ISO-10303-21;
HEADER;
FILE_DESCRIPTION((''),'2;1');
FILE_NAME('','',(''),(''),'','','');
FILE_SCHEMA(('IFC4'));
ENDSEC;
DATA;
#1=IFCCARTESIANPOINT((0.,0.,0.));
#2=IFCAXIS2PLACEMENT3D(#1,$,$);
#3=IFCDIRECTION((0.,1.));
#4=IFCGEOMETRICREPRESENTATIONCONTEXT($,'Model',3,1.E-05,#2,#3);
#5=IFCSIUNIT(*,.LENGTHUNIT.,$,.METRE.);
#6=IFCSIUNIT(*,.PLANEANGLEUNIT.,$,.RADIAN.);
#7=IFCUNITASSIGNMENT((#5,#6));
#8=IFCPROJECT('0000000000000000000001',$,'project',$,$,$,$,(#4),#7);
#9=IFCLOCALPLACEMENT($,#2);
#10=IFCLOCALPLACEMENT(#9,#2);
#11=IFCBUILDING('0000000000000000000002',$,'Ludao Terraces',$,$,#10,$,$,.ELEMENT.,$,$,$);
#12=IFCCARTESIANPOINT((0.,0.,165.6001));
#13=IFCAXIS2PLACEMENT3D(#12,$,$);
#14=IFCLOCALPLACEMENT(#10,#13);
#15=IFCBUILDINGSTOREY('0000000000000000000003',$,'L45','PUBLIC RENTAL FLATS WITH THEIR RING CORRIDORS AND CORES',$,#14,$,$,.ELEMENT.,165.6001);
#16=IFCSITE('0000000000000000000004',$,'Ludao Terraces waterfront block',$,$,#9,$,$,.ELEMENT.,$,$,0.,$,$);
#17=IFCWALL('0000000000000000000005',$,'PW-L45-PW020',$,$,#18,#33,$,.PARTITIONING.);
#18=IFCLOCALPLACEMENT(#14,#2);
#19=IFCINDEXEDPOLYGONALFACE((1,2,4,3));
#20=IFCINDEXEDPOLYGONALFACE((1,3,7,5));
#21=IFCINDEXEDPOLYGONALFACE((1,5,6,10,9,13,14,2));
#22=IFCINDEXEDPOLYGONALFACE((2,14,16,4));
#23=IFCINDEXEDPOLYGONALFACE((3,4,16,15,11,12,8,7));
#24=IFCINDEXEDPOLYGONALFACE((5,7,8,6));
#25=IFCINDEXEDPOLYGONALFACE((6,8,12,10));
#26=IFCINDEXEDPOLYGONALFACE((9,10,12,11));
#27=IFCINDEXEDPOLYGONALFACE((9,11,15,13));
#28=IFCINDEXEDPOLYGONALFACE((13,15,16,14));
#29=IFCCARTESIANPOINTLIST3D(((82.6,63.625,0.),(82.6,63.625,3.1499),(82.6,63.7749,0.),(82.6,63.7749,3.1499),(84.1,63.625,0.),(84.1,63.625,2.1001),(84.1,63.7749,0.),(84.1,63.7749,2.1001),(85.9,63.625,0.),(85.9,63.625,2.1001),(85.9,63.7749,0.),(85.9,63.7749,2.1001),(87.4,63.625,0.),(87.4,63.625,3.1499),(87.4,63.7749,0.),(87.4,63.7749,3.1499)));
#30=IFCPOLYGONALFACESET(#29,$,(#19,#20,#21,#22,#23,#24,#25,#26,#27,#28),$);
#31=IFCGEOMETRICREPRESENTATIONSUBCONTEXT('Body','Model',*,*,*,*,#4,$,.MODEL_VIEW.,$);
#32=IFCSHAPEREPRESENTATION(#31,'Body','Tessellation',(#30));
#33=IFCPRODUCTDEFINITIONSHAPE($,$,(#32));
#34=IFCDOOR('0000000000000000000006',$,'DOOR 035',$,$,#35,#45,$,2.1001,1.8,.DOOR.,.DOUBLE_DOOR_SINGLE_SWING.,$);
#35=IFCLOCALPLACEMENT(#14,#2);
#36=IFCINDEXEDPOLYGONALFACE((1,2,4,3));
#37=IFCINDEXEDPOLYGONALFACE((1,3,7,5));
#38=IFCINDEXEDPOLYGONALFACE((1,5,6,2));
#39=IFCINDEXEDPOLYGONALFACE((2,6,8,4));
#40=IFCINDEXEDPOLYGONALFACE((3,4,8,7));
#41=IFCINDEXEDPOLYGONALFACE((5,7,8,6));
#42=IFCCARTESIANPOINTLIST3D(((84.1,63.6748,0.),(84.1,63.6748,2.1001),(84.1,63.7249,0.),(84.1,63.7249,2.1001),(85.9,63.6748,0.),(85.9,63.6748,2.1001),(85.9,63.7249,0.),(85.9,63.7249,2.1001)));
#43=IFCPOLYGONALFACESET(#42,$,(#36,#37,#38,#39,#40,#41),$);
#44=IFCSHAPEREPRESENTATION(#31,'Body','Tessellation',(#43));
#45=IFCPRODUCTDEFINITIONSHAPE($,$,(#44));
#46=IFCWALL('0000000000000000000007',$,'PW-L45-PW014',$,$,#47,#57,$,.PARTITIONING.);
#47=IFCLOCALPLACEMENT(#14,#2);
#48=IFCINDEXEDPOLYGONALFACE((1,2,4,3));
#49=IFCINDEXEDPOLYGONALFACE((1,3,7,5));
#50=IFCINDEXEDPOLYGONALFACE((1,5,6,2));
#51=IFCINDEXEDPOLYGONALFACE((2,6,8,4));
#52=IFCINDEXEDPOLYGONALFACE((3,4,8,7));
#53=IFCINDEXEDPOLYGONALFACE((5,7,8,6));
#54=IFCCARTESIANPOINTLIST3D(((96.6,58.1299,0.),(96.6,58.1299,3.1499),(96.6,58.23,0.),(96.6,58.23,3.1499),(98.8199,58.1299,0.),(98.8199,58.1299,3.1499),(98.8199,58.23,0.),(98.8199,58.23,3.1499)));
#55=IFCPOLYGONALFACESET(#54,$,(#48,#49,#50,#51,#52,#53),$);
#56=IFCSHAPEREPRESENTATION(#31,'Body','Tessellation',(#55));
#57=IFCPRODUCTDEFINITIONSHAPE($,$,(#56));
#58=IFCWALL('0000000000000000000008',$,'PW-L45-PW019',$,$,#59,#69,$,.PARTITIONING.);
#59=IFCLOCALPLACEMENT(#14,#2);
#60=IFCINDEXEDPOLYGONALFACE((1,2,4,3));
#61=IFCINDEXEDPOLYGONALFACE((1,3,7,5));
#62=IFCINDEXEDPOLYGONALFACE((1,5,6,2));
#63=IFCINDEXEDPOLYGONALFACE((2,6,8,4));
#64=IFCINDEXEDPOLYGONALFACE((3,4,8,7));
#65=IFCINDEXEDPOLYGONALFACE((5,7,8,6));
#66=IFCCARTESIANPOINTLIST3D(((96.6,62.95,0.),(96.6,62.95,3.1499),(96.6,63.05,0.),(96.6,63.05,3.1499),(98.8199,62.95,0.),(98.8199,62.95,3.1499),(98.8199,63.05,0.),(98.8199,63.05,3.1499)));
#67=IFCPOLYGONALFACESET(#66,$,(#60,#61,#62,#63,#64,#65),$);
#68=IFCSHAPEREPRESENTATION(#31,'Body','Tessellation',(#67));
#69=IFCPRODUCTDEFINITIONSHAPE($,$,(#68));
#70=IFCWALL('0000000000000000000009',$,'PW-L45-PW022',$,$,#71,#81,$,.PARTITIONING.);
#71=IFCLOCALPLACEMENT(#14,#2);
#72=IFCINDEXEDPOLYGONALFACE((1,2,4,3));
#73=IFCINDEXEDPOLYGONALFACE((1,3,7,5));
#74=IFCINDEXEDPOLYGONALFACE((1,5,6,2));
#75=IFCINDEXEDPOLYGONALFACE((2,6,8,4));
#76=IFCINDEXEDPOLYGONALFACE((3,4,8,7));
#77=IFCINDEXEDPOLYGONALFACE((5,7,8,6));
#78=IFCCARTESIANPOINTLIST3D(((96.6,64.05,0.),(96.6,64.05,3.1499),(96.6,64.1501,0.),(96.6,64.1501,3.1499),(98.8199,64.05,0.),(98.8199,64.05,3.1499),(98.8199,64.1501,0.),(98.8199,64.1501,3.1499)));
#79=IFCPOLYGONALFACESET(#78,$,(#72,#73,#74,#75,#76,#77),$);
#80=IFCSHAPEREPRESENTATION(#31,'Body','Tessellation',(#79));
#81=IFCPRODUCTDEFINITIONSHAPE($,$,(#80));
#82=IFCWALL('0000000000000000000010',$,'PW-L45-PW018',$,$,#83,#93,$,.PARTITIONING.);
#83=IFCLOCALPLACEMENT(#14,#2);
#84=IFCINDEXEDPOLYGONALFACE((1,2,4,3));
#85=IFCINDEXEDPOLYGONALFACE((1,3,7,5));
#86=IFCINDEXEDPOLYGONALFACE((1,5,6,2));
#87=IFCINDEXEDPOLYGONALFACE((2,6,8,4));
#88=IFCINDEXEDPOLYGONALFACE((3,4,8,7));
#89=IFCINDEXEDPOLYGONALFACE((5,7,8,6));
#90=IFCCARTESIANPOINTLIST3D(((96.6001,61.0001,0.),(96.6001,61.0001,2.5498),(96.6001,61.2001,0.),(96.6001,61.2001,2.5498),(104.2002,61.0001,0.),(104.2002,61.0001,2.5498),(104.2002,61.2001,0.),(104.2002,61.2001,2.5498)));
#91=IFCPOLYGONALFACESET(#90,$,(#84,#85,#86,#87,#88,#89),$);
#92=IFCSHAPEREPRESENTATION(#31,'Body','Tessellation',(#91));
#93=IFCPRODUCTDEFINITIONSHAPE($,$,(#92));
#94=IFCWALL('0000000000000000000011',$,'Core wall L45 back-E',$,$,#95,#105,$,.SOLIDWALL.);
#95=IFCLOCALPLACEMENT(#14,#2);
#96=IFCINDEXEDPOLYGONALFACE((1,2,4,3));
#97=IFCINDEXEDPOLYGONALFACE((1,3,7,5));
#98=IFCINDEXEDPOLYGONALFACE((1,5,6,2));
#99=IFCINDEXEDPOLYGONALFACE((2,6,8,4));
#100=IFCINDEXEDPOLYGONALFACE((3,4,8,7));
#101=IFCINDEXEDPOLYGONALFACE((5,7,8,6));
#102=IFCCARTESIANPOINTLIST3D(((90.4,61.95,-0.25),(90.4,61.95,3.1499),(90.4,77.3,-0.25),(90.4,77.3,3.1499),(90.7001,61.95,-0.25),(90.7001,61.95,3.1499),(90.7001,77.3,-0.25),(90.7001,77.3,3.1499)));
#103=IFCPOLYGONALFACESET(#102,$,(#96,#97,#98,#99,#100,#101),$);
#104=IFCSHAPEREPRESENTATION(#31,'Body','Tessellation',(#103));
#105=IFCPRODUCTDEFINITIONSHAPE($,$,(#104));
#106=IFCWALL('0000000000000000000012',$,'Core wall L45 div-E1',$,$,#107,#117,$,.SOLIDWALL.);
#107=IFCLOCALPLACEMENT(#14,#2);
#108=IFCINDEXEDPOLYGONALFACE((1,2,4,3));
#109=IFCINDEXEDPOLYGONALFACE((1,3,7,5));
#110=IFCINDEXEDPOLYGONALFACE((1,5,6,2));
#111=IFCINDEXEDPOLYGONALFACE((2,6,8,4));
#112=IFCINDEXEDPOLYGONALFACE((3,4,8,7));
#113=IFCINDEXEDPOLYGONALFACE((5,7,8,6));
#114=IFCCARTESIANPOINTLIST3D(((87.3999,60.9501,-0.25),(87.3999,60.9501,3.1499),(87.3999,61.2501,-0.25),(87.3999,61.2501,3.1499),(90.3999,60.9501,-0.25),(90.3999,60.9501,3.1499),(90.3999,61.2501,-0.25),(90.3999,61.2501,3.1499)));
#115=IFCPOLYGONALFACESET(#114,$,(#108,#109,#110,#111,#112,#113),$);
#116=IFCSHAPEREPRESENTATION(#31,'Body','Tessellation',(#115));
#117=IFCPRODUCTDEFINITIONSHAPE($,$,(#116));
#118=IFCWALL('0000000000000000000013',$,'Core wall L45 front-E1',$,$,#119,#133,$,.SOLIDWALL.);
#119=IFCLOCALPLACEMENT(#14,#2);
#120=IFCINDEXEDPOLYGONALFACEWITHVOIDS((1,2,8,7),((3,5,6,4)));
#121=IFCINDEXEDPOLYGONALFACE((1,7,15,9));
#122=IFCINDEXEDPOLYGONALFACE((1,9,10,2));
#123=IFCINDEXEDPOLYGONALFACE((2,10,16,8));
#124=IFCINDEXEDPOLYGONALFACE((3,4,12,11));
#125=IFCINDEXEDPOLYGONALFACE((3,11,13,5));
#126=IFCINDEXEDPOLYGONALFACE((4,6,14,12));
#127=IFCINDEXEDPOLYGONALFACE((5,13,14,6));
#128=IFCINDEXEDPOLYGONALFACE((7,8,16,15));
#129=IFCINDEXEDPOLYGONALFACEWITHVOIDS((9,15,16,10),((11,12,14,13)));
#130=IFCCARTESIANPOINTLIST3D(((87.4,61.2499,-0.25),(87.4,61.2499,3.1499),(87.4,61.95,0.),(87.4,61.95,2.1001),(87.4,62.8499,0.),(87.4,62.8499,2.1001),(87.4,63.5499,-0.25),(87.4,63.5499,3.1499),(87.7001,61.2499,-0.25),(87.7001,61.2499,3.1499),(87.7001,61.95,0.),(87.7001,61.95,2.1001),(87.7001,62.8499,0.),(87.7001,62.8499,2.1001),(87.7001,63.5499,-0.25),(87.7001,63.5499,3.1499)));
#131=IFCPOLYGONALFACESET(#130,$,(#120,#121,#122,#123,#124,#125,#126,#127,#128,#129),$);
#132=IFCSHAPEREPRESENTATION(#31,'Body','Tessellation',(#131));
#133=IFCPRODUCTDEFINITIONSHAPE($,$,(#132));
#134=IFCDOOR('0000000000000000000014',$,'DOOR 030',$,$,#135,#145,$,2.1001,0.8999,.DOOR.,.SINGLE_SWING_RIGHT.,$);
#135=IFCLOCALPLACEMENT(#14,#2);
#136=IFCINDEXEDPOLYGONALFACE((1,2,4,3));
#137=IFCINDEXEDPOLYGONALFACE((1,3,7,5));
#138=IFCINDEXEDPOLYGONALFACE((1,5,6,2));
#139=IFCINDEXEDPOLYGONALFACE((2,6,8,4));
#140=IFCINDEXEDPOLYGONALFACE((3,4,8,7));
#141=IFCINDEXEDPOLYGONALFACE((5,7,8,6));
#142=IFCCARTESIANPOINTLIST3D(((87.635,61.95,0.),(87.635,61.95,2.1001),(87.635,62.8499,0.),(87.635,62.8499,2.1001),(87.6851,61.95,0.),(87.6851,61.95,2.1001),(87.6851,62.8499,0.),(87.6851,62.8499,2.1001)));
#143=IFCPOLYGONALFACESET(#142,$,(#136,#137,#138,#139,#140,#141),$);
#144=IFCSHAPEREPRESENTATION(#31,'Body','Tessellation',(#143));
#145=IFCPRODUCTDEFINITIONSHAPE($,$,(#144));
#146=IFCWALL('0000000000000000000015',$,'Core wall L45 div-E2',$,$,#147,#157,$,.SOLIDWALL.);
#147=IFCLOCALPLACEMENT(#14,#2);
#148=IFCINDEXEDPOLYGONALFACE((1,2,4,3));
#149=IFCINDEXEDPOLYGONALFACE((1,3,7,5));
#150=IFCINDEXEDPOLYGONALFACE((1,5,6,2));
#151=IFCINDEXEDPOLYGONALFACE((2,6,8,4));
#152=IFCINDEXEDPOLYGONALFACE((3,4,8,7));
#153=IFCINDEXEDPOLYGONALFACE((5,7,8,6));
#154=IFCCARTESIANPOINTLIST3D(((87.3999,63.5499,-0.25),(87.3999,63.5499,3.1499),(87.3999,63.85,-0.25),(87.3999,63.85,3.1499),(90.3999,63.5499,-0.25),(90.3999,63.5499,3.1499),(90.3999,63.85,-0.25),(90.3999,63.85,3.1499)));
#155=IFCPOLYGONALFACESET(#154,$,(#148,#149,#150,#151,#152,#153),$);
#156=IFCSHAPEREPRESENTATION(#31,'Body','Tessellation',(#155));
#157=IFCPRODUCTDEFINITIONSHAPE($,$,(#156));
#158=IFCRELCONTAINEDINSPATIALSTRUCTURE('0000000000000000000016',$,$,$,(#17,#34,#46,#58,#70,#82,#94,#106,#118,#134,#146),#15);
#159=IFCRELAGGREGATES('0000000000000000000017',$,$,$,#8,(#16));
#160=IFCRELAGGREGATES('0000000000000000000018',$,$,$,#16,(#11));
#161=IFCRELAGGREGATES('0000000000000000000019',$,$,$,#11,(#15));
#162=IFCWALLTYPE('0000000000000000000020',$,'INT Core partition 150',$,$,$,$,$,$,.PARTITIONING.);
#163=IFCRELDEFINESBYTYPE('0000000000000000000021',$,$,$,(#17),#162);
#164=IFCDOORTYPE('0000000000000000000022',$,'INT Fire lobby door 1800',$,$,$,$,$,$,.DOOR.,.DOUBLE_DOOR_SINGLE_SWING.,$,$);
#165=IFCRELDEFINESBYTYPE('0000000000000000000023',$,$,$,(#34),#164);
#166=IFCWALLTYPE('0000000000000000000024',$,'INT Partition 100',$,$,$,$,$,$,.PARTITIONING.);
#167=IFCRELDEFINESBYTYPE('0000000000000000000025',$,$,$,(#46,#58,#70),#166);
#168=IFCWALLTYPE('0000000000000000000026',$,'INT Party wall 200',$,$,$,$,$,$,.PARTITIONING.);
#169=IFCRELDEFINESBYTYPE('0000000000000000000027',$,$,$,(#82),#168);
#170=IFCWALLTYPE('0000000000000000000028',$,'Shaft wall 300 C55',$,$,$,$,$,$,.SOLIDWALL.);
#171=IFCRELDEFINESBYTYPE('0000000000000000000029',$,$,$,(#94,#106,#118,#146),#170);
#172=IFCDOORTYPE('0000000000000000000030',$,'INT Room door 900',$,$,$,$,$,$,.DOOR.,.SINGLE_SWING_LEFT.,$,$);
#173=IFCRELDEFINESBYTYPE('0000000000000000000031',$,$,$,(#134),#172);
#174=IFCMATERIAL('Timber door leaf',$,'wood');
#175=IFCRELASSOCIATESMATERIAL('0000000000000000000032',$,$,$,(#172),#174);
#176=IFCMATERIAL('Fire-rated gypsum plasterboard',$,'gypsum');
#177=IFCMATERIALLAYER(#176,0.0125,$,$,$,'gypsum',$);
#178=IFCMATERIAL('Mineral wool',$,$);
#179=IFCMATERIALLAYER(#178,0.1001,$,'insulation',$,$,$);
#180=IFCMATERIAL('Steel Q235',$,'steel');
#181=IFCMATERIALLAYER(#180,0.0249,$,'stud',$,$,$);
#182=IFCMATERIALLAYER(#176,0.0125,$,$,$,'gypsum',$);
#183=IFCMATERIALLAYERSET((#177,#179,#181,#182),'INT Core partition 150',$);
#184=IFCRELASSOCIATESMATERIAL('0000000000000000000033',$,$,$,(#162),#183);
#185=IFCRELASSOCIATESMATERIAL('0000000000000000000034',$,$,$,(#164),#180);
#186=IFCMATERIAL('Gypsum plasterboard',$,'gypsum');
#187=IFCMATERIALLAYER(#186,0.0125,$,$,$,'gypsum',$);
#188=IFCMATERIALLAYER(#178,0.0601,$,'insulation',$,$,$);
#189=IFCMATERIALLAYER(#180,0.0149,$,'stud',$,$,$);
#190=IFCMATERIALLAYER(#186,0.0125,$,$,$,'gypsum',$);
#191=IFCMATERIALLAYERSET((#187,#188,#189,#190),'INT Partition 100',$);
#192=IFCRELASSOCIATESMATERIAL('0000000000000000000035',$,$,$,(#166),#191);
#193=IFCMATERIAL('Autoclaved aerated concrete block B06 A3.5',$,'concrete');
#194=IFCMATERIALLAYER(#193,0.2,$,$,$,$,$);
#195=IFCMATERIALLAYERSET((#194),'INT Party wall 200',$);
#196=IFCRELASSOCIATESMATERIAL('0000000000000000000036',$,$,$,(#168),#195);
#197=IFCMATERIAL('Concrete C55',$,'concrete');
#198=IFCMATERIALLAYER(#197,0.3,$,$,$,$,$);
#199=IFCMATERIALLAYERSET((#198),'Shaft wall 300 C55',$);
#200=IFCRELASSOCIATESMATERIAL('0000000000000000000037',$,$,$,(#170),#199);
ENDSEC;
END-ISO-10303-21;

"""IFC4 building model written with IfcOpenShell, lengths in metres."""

from ifc_helpers import new_model, si_unit, direction, frame, frame_2d, origin, place, context, subcontext, project, spatial, rectangle, extrude, material, layer, layer_set, type_object, element, fill, save


model = new_model("IFC4")

# Units and contexts
model_context = context("Model", 3, precision=1e-05, world=origin(), true_north=direction((0.0, 1.0)))
body_context = subcontext(model_context, "Body", "Model", "MODEL_VIEW")
ifc_project = project(units=[si_unit("LENGTHUNIT", "METRE"), si_unit("PLANEANGLEUNIT", "RADIAN")], contexts=[model_context])

# Site, building, storey
site_placement = place(None, origin())
site = spatial("IfcSite", under=ifc_project, at=site_placement, Name="Ludao Terraces waterfront block", CompositionType="ELEMENT", RefElevation=0.0)
building_placement = place(site_placement, origin())
building = spatial("IfcBuilding", under=site, at=building_placement, Name="Ludao Terraces", CompositionType="ELEMENT")
storey_placement = place(building_placement, frame((0.0, 0.0, 165.6001)))
storey = spatial("IfcBuildingStorey", under=building, at=storey_placement, Name="L45", Description="PUBLIC RENTAL FLATS WITH THEIR RING CORRIDORS AND CORES", CompositionType="ELEMENT", Elevation=165.6001)

# Shared definitions
ifc_material_1 = material(Name="Steel Q235", Category="steel")
ifc_material_2 = material(Name="Timber door leaf", Category="wood")
door_type_1 = type_object("IfcDoorType", Name="INT Room door 900", OperationType="SINGLE_SWING_LEFT", PredefinedType="DOOR", material=ifc_material_2)

# Wall, opening, door
ifc_material_3 = material(Name="Fire-rated gypsum plasterboard", Category="gypsum")
ifc_layer_1 = layer(ifc_material_3, 0.0125, Category="gypsum")
ifc_material_4 = material(Name="Mineral wool")
ifc_layer_2 = layer(ifc_material_4, 0.1001, Name="insulation")
ifc_layer_3 = layer(ifc_material_1, 0.0249, Name="stud")
ifc_layer_4 = layer(ifc_material_3, 0.0125, Category="gypsum")
ifc_layer_set_1 = layer_set([ifc_layer_1, ifc_layer_2, ifc_layer_3, ifc_layer_4], Name="INT Core partition 150")
wall_type_1 = type_object("IfcWallType", Name="INT Core partition 150", PredefinedType="PARTITIONING", material=ifc_layer_set_1)
door_type_2 = type_object("IfcDoorType", Name="INT Fire lobby door 1800", OperationType="DOUBLE_DOOR_SINGLE_SWING", PredefinedType="DOOR", material=ifc_material_1)
wall_1_placement = place(storey_placement, frame((82.6001, 63.7, 0.0), z_axis=(0.0, 0.0, 1.0), x_axis=(1.0, 0.0, 0.0)))
wall_1 = element("IfcWall", 1, at=wall_1_placement, inside=storey, type_object=wall_type_1, Name="PW-L45-PW020", PredefinedType="PARTITIONING", context=body_context, shape_type="SweptSolid", body=[
    extrude(rectangle(XDim=4.8, YDim=0.1499, at=frame_2d((2.3999, 0.0))), origin(), (0.0, 0.0, 1.0), 3.1499),
])
opening_1_placement = place(wall_1_placement, frame((1.5, 0.0, 0.0)))
opening_1 = element("IfcOpeningElement", 2, at=opening_1_placement, cuts=wall_1, PredefinedType="OPENING", context=body_context, shape_type="SweptSolid", body=[
    extrude(rectangle(XDim=1.8, YDim=2.1001, at=frame_2d((0.8999, 1.05))), frame((0.0, 0.085, 0.0), z_axis=(0.0, -1.0, 0.0), x_axis=(1.0, 0.0, 0.0)), (0.0, 0.0, 1.0), 0.1699),
])
door_1_placement = place(opening_1_placement, origin())
door_1 = element("IfcDoor", 3, at=door_1_placement, inside=storey, type_object=door_type_2, Name="DOOR 035", OperationType="DOUBLE_DOOR_SINGLE_SWING", OverallHeight=2.1001, OverallWidth=1.8, PredefinedType="DOOR", context=body_context, shape_type="SweptSolid", body=[
    extrude(rectangle(XDim=1.8, YDim=2.1001, at=frame_2d((0.8999, 1.05))), frame((0.0, 0.0249, 0.0), z_axis=(0.0, -1.0, 0.0), x_axis=(1.0, 0.0, 0.0)), (0.0, 0.0, 1.0), 0.05),
])
fill(opening_1, door_1)

# Walls
ifc_material_5 = material(Name="Gypsum plasterboard", Category="gypsum")
ifc_layer_5 = layer(ifc_material_5, 0.0125, Category="gypsum")
ifc_layer_6 = layer(ifc_material_4, 0.0601, Name="insulation")
ifc_layer_7 = layer(ifc_material_1, 0.0149, Name="stud")
ifc_layer_8 = layer(ifc_material_5, 0.0125, Category="gypsum")
ifc_layer_set_2 = layer_set([ifc_layer_5, ifc_layer_6, ifc_layer_7, ifc_layer_8], Name="INT Partition 100")
wall_type_2 = type_object("IfcWallType", Name="INT Partition 100", PredefinedType="PARTITIONING", material=ifc_layer_set_2)
for number, where, z_axis, x_axis, name in (
    (4, (96.6001, 58.1799, 0.0), (0.0, 0.0, 1.0), (1.0, 0.0, 0.0), "PW-L45-PW014"),
    (5, (96.6001, 63.0, 0.0), (0.0, 0.0, 1.0), (1.0, 0.0, 0.0), "PW-L45-PW019"),
    (6, (96.6001, 64.1001, 0.0), (0.0, 0.0, 1.0), (1.0, 0.0, 0.0), "PW-L45-PW022"),
):
    element("IfcWall", number, at=place(storey_placement, frame(where, z_axis=z_axis, x_axis=x_axis)), inside=storey, type_object=wall_type_2, Name=name, PredefinedType="PARTITIONING", context=body_context, shape_type="SweptSolid", body=[
        extrude(rectangle(XDim=2.22, YDim=0.1001, at=frame_2d((1.1099, 0.0))), origin(), (0.0, 0.0, 1.0), 3.1499),
    ])
ifc_material_6 = material(Name="Autoclaved aerated concrete block B06 A3.5", Category="concrete")
ifc_layer_9 = layer(ifc_material_6, 0.2)
ifc_layer_set_3 = layer_set([ifc_layer_9], Name="INT Party wall 200")
wall_type_3 = type_object("IfcWallType", Name="INT Party wall 200", PredefinedType="PARTITIONING", material=ifc_layer_set_3)
wall_2_placement = place(storey_placement, frame((96.6001, 61.1001, 0.0), z_axis=(0.0, 0.0, 1.0), x_axis=(1.0, 0.0, 0.0)))
element("IfcWall", 7, at=wall_2_placement, inside=storey, type_object=wall_type_3, Name="PW-L45-PW018", PredefinedType="PARTITIONING", context=body_context, shape_type="SweptSolid", body=[
    extrude(rectangle(XDim=7.6001, YDim=0.2, at=frame_2d((3.8, 0.0))), origin(), (0.0, 0.0, 1.0), 2.5498),
])
ifc_material_7 = material(Name="Concrete C55", Category="concrete")
ifc_layer_10 = layer(ifc_material_7, 0.3)
ifc_layer_set_4 = layer_set([ifc_layer_10], Name="Shaft wall 300 C55")
wall_type_4 = type_object("IfcWallType", Name="Shaft wall 300 C55", PredefinedType="SOLIDWALL", material=ifc_layer_set_4)
wall_3_placement = place(storey_placement, frame((90.55, 61.95, -0.25), z_axis=(0.0, 0.0, 1.0), x_axis=(0.0, 1.0, 0.0)))
element("IfcWall", 8, at=wall_3_placement, inside=storey, type_object=wall_type_4, Name="Core wall L45 back-E", PredefinedType="SOLIDWALL", context=body_context, shape_type="SweptSolid", body=[
    extrude(rectangle(XDim=15.3501, YDim=0.3, at=frame_2d((7.675, 0.0))), origin(), (0.0, 0.0, 1.0), 3.3999),
])
wall_4_placement = place(storey_placement, frame((87.3999, 61.1001, -0.25), z_axis=(0.0, 0.0, 1.0), x_axis=(1.0, 0.0, 0.0)))
element("IfcWall", 9, at=wall_4_placement, inside=storey, type_object=wall_type_4, Name="Core wall L45 div-E1", PredefinedType="SOLIDWALL", context=body_context, shape_type="SweptSolid", body=[
    extrude(rectangle(XDim=3.0, YDim=0.3, at=frame_2d((1.5, 0.0))), origin(), (0.0, 0.0, 1.0), 3.3999),
])

# Wall, opening, door
wall_5_placement = place(storey_placement, frame((87.55, 61.25, -0.25), z_axis=(0.0, 0.0, 1.0), x_axis=(0.0, 1.0, 0.0)))
wall_5 = element("IfcWall", 10, at=wall_5_placement, inside=storey, type_object=wall_type_4, Name="Core wall L45 front-E1", PredefinedType="SOLIDWALL", context=body_context, shape_type="SweptSolid", body=[
    extrude(rectangle(XDim=2.3, YDim=0.3, at=frame_2d((1.1499, 0.0))), origin(), (0.0, 0.0, 1.0), 3.3999),
])
opening_2_placement = place(wall_5_placement, frame((0.7, 0.0, 0.25)))
opening_2 = element("IfcOpeningElement", 11, at=opening_2_placement, cuts=wall_5, PredefinedType="OPENING", context=body_context, shape_type="SweptSolid", body=[
    extrude(rectangle(XDim=0.8999, YDim=2.1001, at=frame_2d((0.45, 1.05))), frame((0.0, 0.1602, 0.0), z_axis=(0.0, -1.0, 0.0), x_axis=(1.0, 0.0, 0.0)), (0.0, 0.0, 1.0), 0.3201),
])
door_2_placement = place(opening_2_placement, origin())
door_2 = element("IfcDoor", 12, at=door_2_placement, inside=storey, type_object=door_type_1, Name="DOOR 030", OperationType="SINGLE_SWING_RIGHT", OverallHeight=2.1001, OverallWidth=0.8999, PredefinedType="DOOR", context=body_context, shape_type="SweptSolid", body=[
    extrude(rectangle(XDim=0.8999, YDim=2.1001, at=frame_2d((0.45, 1.05))), frame((0.0, -0.085, 0.0), z_axis=(0.0, -1.0, 0.0), x_axis=(1.0, 0.0, 0.0)), (0.0, 0.0, 1.0), 0.05),
])
fill(opening_2, door_2)

# Wall
wall_6_placement = place(storey_placement, frame((87.3999, 63.7, -0.25), z_axis=(0.0, 0.0, 1.0), x_axis=(1.0, 0.0, 0.0)))
element("IfcWall", 13, at=wall_6_placement, inside=storey, type_object=wall_type_4, Name="Core wall L45 div-E2", PredefinedType="SOLIDWALL", context=body_context, shape_type="SweptSolid", body=[
    extrude(rectangle(XDim=3.0, YDim=0.3, at=frame_2d((1.5, 0.0))), origin(), (0.0, 0.0, 1.0), 3.3999),
])

save(model, "model.ifc")
